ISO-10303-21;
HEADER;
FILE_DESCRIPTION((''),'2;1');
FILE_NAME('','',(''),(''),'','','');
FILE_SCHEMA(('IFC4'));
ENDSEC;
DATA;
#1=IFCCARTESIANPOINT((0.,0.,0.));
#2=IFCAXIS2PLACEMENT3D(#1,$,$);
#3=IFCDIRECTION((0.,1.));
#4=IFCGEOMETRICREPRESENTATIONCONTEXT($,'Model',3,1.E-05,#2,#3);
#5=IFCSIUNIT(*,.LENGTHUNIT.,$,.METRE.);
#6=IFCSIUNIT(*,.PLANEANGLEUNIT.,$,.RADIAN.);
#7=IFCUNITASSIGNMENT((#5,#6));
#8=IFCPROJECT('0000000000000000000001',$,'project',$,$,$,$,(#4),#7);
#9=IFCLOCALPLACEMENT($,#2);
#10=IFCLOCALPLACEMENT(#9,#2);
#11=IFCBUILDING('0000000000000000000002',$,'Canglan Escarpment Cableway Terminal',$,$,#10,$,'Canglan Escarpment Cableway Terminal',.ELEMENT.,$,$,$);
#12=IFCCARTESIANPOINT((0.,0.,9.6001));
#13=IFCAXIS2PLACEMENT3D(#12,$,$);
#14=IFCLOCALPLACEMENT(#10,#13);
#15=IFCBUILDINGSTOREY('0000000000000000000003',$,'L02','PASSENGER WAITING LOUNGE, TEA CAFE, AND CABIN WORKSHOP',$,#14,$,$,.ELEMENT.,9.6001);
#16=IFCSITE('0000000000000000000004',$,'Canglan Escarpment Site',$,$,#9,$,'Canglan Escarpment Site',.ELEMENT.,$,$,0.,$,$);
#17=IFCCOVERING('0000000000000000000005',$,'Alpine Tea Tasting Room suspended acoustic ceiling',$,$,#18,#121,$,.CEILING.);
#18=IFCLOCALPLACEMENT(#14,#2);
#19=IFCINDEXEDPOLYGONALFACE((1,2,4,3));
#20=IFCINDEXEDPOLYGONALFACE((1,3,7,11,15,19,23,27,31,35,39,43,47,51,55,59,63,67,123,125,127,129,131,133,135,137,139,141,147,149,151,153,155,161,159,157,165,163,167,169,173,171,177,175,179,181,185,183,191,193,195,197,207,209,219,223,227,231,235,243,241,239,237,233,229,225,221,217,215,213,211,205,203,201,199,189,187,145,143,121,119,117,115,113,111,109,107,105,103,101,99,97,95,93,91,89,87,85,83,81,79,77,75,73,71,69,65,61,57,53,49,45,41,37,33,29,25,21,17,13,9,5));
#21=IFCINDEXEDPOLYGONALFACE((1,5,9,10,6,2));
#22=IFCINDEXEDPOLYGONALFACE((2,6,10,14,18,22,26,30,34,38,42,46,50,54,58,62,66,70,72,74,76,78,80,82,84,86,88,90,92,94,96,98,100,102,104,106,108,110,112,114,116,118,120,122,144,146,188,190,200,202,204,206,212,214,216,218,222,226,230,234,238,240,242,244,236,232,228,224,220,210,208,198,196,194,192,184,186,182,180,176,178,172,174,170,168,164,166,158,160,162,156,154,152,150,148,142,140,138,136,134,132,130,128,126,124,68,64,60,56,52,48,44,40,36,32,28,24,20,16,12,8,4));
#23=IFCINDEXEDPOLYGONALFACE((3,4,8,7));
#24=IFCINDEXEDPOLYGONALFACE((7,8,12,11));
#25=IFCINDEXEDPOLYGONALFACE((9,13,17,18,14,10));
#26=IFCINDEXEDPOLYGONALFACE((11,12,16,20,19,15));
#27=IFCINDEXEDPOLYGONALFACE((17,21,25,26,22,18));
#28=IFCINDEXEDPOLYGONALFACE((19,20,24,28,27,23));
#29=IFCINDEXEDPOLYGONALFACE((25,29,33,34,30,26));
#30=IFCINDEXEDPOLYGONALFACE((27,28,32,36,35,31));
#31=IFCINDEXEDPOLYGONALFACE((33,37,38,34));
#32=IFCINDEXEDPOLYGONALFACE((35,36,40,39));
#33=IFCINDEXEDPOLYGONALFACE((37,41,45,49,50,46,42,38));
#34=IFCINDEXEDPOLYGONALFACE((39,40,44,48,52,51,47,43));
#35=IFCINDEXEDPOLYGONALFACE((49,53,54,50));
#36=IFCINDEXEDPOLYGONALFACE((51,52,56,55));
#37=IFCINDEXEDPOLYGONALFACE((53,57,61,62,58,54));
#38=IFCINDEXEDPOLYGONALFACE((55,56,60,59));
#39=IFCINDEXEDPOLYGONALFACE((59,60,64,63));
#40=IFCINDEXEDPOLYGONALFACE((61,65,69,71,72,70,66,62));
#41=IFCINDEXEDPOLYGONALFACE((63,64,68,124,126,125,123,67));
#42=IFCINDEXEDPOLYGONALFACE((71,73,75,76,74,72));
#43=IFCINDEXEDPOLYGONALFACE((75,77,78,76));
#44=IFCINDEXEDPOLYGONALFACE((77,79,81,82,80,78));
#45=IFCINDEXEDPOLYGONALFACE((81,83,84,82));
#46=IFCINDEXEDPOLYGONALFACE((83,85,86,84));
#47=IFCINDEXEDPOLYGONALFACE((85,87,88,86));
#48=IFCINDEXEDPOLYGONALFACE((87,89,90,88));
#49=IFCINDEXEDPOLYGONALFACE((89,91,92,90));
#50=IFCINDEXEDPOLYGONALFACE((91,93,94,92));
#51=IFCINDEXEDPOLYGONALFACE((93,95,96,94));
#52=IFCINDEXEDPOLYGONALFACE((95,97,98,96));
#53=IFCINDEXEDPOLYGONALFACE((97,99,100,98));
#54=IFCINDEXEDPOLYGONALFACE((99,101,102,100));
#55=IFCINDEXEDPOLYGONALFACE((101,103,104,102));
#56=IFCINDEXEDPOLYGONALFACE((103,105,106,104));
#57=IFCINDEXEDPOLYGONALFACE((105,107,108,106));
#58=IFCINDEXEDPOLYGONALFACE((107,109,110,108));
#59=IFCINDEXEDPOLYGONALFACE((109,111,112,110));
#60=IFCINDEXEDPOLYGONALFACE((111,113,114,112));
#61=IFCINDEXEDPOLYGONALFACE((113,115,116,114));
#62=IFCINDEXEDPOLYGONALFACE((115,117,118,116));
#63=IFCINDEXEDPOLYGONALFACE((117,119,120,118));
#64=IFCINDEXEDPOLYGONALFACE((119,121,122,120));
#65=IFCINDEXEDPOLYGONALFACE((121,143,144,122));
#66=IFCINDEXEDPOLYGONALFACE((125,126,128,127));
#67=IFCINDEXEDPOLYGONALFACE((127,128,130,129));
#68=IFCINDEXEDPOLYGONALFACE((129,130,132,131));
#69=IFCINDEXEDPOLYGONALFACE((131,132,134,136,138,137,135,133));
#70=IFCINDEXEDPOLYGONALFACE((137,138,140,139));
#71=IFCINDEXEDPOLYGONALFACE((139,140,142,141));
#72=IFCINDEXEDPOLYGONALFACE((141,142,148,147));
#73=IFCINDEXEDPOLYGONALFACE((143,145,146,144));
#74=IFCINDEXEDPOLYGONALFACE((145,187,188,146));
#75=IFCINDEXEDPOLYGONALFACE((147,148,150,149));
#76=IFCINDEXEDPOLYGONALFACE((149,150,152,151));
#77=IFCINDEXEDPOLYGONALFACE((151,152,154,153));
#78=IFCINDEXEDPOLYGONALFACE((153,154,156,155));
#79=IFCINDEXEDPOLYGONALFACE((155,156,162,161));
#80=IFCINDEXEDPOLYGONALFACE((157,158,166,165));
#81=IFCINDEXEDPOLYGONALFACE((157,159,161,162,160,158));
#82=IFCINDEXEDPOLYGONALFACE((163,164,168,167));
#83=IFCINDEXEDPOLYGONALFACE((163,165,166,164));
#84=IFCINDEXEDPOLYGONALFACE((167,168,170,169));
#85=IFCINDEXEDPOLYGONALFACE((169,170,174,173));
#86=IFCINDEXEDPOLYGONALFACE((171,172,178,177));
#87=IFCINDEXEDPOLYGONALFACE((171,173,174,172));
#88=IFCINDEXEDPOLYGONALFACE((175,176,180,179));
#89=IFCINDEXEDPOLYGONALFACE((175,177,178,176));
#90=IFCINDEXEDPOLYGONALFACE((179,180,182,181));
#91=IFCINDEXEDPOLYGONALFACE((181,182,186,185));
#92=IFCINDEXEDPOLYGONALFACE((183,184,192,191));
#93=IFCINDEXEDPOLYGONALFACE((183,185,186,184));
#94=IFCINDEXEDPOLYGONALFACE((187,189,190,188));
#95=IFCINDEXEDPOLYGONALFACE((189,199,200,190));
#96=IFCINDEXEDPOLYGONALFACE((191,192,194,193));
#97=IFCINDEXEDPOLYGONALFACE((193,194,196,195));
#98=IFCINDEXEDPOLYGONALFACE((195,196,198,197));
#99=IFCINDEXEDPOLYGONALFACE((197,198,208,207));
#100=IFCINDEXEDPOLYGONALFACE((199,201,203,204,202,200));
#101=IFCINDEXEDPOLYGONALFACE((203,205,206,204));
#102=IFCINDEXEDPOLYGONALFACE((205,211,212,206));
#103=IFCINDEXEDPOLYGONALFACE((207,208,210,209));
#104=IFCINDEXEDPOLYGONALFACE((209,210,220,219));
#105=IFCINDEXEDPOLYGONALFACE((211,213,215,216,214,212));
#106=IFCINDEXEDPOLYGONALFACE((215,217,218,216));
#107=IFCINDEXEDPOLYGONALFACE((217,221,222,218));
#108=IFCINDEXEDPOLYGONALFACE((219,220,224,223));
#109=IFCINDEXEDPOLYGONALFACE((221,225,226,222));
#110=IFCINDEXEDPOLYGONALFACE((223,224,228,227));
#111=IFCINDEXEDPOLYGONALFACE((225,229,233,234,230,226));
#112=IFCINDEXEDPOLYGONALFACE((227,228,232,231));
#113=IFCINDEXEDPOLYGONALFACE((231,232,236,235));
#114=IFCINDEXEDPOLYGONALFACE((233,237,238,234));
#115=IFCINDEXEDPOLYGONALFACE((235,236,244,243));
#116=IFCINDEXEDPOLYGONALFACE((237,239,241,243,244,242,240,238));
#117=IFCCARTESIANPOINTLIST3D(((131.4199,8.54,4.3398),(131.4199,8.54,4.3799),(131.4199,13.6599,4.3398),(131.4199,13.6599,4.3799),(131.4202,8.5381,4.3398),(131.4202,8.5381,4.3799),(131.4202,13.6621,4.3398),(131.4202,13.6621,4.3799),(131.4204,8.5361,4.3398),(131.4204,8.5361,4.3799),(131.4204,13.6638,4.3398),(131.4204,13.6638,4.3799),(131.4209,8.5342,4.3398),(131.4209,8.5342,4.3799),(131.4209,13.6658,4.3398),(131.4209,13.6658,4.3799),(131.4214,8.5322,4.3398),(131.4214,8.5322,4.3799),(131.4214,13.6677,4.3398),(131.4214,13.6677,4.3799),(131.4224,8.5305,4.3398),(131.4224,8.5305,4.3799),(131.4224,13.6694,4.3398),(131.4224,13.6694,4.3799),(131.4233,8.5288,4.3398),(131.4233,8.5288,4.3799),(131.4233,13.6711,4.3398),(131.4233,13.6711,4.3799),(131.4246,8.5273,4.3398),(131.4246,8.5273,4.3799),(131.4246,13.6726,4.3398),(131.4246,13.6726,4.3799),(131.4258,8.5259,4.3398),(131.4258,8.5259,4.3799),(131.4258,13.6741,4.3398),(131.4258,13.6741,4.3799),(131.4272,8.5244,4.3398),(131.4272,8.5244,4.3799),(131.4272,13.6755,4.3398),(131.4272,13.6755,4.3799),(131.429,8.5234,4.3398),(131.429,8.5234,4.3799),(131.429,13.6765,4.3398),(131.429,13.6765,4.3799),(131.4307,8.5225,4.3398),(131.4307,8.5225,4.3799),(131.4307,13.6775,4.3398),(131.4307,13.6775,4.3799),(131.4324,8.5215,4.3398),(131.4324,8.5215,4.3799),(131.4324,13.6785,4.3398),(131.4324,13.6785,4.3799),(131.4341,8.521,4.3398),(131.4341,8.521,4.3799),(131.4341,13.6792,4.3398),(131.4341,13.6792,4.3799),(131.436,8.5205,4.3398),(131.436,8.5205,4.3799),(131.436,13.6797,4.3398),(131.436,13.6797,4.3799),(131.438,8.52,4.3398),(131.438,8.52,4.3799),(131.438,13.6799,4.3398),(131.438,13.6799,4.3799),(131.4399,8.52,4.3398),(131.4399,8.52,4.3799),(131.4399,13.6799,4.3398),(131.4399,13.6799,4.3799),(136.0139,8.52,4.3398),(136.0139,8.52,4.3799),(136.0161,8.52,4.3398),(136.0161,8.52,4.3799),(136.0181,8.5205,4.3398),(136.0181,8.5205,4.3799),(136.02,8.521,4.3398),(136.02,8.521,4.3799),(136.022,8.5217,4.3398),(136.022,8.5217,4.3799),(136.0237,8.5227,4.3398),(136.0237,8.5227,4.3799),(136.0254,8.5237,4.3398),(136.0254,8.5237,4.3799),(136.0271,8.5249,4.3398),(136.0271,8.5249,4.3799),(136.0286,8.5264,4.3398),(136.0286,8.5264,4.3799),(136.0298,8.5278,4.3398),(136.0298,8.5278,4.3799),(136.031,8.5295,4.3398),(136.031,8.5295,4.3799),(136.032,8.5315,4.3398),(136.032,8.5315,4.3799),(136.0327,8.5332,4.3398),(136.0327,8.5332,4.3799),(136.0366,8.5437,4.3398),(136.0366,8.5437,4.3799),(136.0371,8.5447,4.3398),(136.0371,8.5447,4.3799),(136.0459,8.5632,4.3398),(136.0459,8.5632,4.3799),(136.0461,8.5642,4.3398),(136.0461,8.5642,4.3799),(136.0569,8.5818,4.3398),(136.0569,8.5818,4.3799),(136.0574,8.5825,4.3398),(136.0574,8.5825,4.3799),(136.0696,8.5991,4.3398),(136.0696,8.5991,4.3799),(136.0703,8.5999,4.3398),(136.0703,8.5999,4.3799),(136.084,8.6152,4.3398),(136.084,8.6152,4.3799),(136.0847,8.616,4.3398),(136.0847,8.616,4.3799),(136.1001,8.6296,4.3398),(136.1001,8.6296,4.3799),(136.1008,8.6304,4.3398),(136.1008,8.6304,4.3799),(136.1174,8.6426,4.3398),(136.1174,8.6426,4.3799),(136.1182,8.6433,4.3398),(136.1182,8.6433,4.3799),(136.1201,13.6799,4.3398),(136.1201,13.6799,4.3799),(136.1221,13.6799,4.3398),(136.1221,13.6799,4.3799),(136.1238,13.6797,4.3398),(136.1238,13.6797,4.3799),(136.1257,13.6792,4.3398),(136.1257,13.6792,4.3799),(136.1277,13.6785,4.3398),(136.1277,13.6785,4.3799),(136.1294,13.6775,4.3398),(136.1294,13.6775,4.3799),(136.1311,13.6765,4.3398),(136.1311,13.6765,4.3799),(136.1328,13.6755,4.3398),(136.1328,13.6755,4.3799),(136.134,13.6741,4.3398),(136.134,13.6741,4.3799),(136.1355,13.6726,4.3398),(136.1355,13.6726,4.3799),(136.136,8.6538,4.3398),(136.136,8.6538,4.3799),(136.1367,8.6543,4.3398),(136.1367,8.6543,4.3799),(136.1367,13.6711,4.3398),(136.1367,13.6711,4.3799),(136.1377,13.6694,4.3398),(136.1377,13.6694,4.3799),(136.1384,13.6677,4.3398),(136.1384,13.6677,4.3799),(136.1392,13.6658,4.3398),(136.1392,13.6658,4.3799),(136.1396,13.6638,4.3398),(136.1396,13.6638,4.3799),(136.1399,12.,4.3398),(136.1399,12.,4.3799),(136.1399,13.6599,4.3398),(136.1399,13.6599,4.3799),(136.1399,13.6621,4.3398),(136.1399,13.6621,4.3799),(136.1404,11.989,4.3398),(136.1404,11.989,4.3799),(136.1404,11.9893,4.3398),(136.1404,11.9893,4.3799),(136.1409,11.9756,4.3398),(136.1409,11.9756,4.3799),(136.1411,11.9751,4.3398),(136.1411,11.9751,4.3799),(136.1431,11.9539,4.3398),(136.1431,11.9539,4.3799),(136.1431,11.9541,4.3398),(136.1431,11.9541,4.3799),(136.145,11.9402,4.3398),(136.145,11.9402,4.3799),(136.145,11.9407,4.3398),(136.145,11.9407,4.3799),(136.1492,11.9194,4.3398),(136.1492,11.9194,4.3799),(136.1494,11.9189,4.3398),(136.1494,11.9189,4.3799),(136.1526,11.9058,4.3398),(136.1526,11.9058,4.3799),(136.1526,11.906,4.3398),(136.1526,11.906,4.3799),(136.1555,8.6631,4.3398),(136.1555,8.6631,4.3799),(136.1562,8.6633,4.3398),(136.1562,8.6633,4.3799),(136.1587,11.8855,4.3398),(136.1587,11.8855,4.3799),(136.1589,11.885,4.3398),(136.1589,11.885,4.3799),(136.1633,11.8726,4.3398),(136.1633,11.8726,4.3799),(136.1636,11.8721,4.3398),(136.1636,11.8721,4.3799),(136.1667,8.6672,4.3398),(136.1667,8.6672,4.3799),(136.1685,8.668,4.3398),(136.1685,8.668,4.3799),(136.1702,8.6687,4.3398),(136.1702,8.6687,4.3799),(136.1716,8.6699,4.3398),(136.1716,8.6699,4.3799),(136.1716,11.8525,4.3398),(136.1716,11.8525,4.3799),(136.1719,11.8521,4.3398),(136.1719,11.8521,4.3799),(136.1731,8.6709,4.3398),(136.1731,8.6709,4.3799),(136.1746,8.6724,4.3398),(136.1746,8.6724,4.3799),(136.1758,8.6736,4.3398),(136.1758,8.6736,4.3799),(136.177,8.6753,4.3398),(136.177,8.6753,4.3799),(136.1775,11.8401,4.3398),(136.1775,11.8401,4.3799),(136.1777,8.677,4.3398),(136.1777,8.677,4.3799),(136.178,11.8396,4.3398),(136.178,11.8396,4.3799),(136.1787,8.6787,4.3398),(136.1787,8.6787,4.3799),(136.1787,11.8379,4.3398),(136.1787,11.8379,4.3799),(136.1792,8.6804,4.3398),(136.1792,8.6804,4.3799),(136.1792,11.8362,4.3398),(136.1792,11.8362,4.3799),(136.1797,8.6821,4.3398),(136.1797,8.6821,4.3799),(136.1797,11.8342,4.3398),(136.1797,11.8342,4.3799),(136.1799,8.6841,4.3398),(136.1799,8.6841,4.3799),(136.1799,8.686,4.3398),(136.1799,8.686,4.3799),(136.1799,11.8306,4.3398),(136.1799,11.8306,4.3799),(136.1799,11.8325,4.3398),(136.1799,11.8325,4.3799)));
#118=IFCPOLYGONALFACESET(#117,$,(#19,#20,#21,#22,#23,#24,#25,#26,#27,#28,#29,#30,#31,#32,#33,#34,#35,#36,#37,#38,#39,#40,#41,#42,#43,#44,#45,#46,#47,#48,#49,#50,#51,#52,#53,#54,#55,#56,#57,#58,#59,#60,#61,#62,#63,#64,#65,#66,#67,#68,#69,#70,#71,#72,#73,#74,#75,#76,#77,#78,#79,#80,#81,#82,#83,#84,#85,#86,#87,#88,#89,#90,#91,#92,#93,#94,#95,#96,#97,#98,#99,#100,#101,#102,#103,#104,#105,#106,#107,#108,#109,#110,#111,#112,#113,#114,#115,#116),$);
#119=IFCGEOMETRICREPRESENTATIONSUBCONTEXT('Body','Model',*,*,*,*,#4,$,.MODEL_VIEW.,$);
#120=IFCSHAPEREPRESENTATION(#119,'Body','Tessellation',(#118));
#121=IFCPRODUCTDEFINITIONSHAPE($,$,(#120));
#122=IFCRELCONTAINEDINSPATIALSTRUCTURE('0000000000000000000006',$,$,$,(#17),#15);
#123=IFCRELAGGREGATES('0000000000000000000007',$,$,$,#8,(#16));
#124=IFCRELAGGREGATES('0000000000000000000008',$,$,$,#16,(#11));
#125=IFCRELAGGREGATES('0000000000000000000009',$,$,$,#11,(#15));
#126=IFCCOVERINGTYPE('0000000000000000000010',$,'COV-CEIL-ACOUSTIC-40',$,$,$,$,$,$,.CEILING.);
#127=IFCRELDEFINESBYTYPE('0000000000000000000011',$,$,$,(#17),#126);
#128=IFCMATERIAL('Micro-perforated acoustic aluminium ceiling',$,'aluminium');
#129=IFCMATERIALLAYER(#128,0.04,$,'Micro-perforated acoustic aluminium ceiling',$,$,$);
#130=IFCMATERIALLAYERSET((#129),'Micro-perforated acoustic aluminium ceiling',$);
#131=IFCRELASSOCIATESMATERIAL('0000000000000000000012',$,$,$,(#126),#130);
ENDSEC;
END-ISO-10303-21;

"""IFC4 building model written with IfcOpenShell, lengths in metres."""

from ifc_helpers import new_model, si_unit, direction, frame, origin, place, context, subcontext, project, spatial, polyline, outline, extrude, material, layer, layer_set, type_object, element, save


model = new_model("IFC4")

# Units and contexts
model_context = context("Model", 3, precision=1e-05, world=origin(), true_north=direction((0.0, 1.0)))
body_context = subcontext(model_context, "Body", "Model", "MODEL_VIEW")
ifc_project = project(units=[si_unit("LENGTHUNIT", "METRE"), si_unit("PLANEANGLEUNIT", "RADIAN")], contexts=[model_context])

# Site, building, storey
site_placement = place(None, origin())
site = spatial("IfcSite", under=ifc_project, at=site_placement, Name="Canglan Escarpment Site", LongName="Canglan Escarpment Site", CompositionType="ELEMENT", RefElevation=0.0)
building_placement = place(site_placement, origin())
building = spatial("IfcBuilding", under=site, at=building_placement, Name="Canglan Escarpment Cableway Terminal", LongName="Canglan Escarpment Cableway Terminal", CompositionType="ELEMENT")
storey_placement = place(building_placement, frame((0.0, 0.0, 9.6001)))
storey = spatial("IfcBuildingStorey", under=building, at=storey_placement, Name="L02", Description="PASSENGER WAITING LOUNGE, TEA CAFE, AND CABIN WORKSHOP", CompositionType="ELEMENT", Elevation=9.6001)

# Covering
ifc_material_1 = material(Name="Micro-perforated acoustic aluminium ceiling", Category="aluminium")
ifc_layer_1 = layer(ifc_material_1, 0.04, Name="Micro-perforated acoustic aluminium ceiling")
ifc_layer_set_1 = layer_set([ifc_layer_1], Name="Micro-perforated acoustic aluminium ceiling")
covering_type_1 = type_object("IfcCoveringType", Name="COV-CEIL-ACOUSTIC-40", PredefinedType="CEILING", material=ifc_layer_set_1)
covering_1_placement = place(storey_placement, frame((0.0, 0.0, 4.3398)))
element("IfcCovering", 1, at=covering_1_placement, inside=storey, type_object=covering_type_1, Name="Alpine Tea Tasting Room suspended acoustic ceiling", PredefinedType="CEILING", context=body_context, shape_type="SweptSolid", body=[
    extrude(outline(polyline([(131.4199, 13.6599), (131.4202, 13.6621), (131.4204, 13.6638), (131.4209, 13.6658), (131.4214, 13.6677), (131.4224, 13.6694), (131.4233, 13.6711), (131.4246, 13.6726), (131.4258, 13.6741), (131.4272, 13.6755), (131.429, 13.6765), (131.4307, 13.6775), (131.4324, 13.6785), (131.4341, 13.6792), (131.436, 13.6797), (131.438, 13.6799), (131.4399, 13.6799), (136.1201, 13.6799), (136.1221, 13.6799), (136.1238, 13.6797), (136.1257, 13.6792), (136.1277, 13.6785), (136.1294, 13.6775), (136.1311, 13.6765), (136.1328, 13.6755), (136.134, 13.6741), (136.1355, 13.6726), (136.1367, 13.6711), (136.1377, 13.6694), (136.1384, 13.6677), (136.1392, 13.6658), (136.1396, 13.6638), (136.1399, 13.6621), (136.1399, 13.6599), (136.1399, 12.0), (136.1399, 12.0), (136.1404, 11.9893), (136.1404, 11.989), (136.1409, 11.9756), (136.1411, 11.9751), (136.1431, 11.9541), (136.1431, 11.9539), (136.145, 11.9407), (136.145, 11.9402), (136.1492, 11.9194), (136.1494, 11.9189), (136.1526, 11.906), (136.1526, 11.9058), (136.1587, 11.8855), (136.1589, 11.885), (136.1633, 11.8726), (136.1636, 11.8721), (136.1716, 11.8525), (136.1719, 11.8521), (136.1775, 11.8401), (136.178, 11.8396), (136.1787, 11.8379), (136.1792, 11.8362), (136.1797, 11.8342), (136.1799, 11.8325), (136.1799, 11.8306), (136.1799, 8.686), (136.1799, 8.6841), (136.1797, 8.6821), (136.1792, 8.6804), (136.1787, 8.6787), (136.1777, 8.677), (136.177, 8.6753), (136.1758, 8.6736), (136.1746, 8.6724), (136.1731, 8.6709), (136.1716, 8.6699), (136.1702, 8.6687), (136.1685, 8.668), (136.1667, 8.6672), (136.1562, 8.6633), (136.1555, 8.6631), (136.1367, 8.6543), (136.136, 8.6538), (136.1182, 8.6433), (136.1174, 8.6426), (136.1008, 8.6304), (136.1001, 8.6296), (136.0847, 8.616), (136.084, 8.6152), (136.0703, 8.5999), (136.0696, 8.5991), (136.0574, 8.5825), (136.0569, 8.5818), (136.0461, 8.5642), (136.0459, 8.5632), (136.0371, 8.5447), (136.0366, 8.5437), (136.0327, 8.5332), (136.032, 8.5315), (136.031, 8.5295), (136.0298, 8.5278), (136.0286, 8.5264), (136.0271, 8.5249), (136.0254, 8.5237), (136.0237, 8.5227), (136.022, 8.5217), (136.02, 8.521), (136.0181, 8.5205), (136.0161, 8.52), (136.0139, 8.52), (131.4399, 8.52), (131.438, 8.52), (131.436, 8.5205), (131.4341, 8.521), (131.4324, 8.5215), (131.4307, 8.5225), (131.429, 8.5234), (131.4272, 8.5244), (131.4258, 8.5259), (131.4246, 8.5273), (131.4233, 8.5288), (131.4224, 8.5305), (131.4214, 8.5322), (131.4209, 8.5342), (131.4204, 8.5361), (131.4202, 8.5381), (131.4199, 8.54), (131.4199, 13.6599)])), origin(), (0.0, 0.0, 1.0), 0.04),
])

save(model, "model.ifc")
